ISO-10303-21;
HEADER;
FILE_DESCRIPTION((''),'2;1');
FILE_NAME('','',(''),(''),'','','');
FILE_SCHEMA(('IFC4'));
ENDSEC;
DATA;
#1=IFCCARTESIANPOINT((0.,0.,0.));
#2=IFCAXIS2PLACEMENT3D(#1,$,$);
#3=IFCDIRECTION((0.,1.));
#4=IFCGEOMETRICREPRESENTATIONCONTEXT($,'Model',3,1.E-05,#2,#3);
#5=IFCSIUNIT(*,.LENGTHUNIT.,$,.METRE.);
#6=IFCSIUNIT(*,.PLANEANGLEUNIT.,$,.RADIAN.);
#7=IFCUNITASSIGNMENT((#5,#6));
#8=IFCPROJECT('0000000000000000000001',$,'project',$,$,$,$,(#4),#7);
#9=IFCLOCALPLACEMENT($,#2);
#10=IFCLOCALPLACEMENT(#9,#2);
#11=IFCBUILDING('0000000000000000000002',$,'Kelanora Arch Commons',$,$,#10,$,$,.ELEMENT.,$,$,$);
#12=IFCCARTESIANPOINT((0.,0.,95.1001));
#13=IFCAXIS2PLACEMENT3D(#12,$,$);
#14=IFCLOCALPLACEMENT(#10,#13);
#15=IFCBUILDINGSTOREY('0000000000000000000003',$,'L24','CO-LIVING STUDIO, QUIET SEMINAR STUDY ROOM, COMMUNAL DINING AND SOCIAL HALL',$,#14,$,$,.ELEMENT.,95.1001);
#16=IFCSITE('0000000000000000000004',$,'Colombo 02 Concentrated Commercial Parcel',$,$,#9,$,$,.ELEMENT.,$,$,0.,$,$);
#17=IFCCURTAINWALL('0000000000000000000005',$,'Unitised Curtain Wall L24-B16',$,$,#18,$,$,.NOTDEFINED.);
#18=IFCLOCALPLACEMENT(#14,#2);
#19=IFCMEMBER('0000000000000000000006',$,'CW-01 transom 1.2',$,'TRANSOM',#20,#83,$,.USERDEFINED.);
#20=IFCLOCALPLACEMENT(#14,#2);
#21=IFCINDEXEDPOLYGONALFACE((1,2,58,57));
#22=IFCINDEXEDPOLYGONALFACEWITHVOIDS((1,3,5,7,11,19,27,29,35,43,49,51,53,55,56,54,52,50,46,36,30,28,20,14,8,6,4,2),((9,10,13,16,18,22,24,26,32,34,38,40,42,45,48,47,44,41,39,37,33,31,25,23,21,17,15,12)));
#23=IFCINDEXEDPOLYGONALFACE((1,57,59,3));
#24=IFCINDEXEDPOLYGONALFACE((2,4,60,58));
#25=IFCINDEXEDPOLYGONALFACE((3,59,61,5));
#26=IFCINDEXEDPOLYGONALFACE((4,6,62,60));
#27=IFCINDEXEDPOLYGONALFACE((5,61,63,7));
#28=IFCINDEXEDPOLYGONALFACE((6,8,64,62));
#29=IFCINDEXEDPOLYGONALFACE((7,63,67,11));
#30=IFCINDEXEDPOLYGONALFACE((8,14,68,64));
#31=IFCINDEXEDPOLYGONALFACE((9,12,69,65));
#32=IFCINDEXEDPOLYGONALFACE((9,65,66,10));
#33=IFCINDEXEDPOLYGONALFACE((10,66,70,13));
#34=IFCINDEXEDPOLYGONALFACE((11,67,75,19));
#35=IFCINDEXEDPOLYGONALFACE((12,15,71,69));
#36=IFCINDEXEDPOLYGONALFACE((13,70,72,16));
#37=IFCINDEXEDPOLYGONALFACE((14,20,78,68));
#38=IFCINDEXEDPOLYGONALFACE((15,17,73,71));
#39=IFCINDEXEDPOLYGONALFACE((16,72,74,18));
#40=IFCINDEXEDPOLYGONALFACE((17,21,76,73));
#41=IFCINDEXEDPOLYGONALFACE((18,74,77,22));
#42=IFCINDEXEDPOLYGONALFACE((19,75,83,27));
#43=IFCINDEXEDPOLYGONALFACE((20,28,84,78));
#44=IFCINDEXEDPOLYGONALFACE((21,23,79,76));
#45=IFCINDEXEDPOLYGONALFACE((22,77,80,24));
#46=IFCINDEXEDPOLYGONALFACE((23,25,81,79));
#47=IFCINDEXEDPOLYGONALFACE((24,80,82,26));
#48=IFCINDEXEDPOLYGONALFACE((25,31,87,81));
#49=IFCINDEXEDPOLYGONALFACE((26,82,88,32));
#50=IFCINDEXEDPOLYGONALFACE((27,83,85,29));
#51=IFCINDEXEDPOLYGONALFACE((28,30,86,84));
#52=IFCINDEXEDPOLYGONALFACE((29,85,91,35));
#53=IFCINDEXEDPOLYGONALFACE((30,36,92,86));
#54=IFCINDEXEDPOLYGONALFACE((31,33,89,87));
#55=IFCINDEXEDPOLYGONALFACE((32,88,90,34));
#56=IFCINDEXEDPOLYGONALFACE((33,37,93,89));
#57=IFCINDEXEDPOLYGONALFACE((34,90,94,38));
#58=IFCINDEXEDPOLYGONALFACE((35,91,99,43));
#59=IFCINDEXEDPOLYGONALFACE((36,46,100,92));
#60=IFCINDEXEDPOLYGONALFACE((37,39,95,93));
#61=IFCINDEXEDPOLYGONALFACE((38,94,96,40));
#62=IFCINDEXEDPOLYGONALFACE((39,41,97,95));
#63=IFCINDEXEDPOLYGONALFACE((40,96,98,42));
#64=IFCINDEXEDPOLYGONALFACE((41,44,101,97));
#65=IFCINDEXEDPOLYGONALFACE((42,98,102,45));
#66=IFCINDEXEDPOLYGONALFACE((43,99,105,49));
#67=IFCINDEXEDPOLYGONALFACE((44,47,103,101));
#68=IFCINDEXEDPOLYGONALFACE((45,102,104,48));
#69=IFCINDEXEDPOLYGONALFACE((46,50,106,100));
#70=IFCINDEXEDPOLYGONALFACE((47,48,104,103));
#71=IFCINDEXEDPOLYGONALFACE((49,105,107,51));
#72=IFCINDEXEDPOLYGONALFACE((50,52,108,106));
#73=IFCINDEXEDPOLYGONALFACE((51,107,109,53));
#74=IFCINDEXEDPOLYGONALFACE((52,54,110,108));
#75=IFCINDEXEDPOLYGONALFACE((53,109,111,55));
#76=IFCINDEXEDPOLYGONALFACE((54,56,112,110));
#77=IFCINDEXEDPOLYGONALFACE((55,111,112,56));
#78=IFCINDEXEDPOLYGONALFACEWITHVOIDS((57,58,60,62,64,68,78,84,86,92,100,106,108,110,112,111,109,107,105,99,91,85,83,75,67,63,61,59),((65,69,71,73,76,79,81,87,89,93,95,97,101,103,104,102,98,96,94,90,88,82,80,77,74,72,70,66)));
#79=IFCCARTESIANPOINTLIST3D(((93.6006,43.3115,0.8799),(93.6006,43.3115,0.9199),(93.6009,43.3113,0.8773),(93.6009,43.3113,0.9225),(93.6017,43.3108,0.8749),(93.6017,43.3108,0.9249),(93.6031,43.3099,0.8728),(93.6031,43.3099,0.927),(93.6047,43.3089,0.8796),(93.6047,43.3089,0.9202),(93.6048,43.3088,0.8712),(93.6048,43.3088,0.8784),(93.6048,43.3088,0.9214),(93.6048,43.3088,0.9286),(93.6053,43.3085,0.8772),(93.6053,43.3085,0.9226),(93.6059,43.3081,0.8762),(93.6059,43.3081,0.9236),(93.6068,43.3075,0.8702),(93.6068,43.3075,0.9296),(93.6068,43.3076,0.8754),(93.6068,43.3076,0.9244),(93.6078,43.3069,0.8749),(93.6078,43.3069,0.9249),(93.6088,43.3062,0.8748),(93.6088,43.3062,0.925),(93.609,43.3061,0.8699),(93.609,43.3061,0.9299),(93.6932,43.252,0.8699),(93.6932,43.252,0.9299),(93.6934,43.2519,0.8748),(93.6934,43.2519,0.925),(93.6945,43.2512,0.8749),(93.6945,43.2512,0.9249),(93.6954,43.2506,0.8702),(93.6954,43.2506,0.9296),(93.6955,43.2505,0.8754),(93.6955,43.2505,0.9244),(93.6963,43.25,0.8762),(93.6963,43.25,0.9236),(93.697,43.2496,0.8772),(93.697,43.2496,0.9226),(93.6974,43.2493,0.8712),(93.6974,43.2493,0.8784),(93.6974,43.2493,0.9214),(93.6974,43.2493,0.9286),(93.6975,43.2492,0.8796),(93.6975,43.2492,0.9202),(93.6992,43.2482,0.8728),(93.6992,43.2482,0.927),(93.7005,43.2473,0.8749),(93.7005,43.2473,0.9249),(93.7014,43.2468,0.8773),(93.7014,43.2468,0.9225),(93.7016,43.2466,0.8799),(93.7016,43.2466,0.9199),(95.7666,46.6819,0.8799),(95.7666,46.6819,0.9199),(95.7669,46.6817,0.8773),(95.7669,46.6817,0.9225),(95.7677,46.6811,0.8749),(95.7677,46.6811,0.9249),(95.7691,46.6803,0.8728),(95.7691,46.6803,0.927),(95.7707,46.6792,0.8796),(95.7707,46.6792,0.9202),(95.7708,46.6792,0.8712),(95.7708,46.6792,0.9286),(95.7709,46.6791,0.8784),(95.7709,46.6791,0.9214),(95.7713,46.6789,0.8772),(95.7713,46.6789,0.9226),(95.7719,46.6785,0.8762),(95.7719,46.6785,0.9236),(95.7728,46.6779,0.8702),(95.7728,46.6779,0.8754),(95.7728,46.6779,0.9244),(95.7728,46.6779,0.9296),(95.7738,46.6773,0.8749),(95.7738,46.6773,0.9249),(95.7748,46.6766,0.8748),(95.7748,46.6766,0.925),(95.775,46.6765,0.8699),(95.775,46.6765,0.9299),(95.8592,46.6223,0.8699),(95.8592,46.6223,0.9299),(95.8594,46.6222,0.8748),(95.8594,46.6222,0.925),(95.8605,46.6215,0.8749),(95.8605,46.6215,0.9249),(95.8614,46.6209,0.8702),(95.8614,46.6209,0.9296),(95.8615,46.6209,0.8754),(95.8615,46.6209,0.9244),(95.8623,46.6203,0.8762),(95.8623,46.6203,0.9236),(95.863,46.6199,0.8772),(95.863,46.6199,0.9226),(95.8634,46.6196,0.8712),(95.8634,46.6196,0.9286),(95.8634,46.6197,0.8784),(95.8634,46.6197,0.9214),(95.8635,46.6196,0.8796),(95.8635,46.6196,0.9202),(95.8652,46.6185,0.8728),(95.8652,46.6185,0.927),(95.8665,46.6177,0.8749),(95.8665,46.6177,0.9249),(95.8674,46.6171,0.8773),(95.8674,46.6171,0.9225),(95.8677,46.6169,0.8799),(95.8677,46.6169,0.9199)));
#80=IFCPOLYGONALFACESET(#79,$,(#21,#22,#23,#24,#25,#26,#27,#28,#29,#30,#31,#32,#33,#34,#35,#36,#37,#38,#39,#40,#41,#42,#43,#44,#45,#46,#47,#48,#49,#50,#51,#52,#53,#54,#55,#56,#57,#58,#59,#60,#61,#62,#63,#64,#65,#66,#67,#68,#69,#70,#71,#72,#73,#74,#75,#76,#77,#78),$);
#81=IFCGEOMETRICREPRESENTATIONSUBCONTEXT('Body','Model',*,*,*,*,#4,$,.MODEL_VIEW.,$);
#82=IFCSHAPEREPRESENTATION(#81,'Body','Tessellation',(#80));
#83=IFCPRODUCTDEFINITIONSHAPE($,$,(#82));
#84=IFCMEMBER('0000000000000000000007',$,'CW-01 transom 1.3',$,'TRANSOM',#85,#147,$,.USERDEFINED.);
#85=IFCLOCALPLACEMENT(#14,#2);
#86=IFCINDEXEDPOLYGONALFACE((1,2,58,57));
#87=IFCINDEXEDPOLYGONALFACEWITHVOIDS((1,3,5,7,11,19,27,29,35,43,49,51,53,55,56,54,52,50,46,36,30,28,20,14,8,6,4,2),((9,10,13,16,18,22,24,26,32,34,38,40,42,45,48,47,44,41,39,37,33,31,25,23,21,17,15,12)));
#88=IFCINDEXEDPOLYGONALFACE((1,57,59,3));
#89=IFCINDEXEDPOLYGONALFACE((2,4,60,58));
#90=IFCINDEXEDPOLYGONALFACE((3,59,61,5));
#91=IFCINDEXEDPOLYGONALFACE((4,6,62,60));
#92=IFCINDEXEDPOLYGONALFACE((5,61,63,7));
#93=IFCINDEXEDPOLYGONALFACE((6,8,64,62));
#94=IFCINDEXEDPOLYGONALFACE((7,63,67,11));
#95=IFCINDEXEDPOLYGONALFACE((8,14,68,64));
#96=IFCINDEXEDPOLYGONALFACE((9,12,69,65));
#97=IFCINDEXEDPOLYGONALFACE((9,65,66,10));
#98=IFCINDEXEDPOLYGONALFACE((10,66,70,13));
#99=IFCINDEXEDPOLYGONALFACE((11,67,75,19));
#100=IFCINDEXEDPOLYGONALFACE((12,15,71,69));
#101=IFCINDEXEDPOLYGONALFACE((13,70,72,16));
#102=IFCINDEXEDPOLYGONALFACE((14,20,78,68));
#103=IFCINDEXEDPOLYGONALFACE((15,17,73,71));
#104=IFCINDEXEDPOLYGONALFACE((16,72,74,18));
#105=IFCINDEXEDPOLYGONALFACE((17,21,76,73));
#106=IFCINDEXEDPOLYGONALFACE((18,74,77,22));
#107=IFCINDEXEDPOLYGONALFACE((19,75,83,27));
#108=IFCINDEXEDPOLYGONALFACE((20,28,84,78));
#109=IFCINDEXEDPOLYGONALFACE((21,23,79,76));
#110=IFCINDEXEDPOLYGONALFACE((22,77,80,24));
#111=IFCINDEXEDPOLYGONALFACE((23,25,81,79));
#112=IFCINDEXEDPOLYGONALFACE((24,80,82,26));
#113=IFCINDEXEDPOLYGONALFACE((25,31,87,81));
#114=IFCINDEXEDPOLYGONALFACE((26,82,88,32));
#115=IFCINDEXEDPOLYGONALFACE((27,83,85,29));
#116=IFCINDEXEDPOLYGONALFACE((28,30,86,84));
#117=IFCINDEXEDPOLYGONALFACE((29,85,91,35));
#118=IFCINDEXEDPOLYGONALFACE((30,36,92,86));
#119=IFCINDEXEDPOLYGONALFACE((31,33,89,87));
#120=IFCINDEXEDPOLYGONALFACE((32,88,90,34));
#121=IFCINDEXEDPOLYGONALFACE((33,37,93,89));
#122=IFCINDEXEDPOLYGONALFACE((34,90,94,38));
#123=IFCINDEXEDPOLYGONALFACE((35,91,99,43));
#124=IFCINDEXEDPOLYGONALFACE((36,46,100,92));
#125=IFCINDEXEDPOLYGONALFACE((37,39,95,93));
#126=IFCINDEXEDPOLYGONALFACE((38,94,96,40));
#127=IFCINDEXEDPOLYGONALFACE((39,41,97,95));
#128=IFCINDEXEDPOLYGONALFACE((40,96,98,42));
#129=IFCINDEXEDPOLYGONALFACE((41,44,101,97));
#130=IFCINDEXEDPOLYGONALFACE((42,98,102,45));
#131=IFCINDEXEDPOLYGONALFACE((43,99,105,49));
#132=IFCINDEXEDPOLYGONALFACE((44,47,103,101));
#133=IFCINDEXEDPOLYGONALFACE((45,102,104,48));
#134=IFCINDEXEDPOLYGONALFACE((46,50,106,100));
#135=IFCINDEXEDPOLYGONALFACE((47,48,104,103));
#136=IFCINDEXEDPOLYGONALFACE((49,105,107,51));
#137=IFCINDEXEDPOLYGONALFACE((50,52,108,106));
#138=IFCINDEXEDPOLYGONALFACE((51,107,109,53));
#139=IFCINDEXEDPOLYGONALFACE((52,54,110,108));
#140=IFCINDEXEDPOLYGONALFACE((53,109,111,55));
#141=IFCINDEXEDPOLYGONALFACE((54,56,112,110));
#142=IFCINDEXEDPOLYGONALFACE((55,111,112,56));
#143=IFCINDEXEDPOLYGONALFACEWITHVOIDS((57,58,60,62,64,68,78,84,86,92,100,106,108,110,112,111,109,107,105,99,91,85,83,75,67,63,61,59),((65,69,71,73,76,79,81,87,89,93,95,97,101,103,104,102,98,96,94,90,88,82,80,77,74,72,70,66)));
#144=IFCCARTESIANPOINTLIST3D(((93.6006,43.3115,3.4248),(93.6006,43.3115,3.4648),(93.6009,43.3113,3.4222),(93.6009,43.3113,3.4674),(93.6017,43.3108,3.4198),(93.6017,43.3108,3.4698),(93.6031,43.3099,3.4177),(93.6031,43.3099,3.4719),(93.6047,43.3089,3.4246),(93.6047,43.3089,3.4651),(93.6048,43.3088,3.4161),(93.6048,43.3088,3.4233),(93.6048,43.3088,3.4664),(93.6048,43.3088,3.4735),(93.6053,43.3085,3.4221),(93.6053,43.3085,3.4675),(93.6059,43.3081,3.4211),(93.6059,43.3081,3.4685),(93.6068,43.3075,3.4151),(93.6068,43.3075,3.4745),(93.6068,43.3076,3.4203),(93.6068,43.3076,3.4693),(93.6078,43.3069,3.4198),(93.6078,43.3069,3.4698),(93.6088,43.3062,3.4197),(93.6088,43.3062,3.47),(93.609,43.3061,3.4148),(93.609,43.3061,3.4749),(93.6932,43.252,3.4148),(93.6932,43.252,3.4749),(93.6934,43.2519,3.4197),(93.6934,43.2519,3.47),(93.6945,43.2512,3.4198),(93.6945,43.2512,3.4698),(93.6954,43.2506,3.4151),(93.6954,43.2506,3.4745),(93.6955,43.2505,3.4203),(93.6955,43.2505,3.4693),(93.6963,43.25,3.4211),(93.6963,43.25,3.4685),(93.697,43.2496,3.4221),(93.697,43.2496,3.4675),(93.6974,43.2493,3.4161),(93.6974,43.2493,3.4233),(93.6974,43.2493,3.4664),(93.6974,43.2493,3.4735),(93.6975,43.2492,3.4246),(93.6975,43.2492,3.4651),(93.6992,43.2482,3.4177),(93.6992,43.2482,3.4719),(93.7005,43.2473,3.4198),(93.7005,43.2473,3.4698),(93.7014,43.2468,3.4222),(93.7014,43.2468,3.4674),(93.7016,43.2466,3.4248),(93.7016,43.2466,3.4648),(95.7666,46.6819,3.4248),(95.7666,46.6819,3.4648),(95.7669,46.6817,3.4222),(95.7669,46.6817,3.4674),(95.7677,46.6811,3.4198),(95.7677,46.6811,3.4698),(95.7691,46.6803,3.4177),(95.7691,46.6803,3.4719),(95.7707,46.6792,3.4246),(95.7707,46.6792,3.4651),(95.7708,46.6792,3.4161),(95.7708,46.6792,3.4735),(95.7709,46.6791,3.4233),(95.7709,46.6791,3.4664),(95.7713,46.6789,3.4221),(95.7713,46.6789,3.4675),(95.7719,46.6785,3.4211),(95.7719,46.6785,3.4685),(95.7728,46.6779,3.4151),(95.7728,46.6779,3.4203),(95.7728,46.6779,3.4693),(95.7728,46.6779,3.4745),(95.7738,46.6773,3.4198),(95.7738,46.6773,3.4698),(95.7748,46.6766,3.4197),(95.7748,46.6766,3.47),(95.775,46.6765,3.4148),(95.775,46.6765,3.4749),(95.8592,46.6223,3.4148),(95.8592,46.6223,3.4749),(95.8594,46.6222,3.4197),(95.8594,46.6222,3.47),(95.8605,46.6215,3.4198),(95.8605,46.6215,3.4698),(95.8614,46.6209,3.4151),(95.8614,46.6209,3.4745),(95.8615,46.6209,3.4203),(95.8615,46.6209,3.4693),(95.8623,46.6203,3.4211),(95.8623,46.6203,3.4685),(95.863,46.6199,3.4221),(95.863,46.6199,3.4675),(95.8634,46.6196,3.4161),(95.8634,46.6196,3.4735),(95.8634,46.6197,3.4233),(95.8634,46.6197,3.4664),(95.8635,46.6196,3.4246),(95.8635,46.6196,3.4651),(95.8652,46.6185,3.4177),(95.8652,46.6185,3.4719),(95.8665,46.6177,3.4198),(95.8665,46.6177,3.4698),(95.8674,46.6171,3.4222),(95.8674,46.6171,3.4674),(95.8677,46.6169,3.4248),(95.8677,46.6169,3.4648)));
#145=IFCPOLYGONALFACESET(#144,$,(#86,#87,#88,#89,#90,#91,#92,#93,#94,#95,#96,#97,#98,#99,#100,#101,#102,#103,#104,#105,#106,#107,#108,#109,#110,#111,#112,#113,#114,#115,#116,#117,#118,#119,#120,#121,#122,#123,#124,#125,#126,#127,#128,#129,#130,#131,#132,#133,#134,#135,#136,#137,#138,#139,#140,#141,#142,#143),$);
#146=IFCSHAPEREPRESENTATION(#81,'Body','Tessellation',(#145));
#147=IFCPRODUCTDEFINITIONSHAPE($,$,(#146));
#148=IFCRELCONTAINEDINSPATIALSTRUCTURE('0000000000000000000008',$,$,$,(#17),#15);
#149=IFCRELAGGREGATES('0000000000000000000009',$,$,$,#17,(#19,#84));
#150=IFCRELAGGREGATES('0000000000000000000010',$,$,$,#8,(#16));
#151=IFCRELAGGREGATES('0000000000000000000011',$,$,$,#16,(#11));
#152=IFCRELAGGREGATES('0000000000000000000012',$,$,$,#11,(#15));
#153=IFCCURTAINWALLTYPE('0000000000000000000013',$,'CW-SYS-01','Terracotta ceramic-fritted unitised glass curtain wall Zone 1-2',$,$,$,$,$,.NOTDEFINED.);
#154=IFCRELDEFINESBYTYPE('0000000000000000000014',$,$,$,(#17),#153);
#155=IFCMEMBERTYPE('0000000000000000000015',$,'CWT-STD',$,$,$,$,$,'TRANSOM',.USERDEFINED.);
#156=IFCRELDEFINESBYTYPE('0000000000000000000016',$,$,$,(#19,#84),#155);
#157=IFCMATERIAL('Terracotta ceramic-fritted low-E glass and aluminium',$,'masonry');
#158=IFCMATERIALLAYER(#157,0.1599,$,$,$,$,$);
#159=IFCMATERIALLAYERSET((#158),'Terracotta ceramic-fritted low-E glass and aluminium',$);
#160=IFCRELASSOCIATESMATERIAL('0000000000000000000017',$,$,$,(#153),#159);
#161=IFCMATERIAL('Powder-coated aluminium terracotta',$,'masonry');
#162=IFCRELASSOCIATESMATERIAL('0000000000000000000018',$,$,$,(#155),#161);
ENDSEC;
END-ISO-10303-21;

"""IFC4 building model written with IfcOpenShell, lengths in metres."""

from ifc_helpers import new_model, si_unit, direction, frame, origin, origin_2d, place, context, subcontext, project, spatial, hollow_rectangle, extrude, material, layer, layer_set, material_profile, profile_set, type_object, element, aggregate, save


model = new_model("IFC4")

# Units and contexts
model_context = context("Model", 3, precision=1e-05, world=origin(), true_north=direction((0.0, 1.0)))
body_context = subcontext(model_context, "Body", "Model", "MODEL_VIEW")
ifc_project = project(units=[si_unit("LENGTHUNIT", "METRE"), si_unit("PLANEANGLEUNIT", "RADIAN")], contexts=[model_context])

# Site, building, storey
site_placement = place(None, origin())
site = spatial("IfcSite", under=ifc_project, at=site_placement, Name="Colombo 02 Concentrated Commercial Parcel", CompositionType="ELEMENT", RefElevation=0.0)
building_placement = place(site_placement, origin())
building = spatial("IfcBuilding", under=site, at=building_placement, Name="Kelanora Arch Commons", CompositionType="ELEMENT")
storey_placement = place(building_placement, frame((0.0, 0.0, 95.1001)))
storey = spatial("IfcBuildingStorey", under=building, at=storey_placement, Name="L24", Description="CO-LIVING STUDIO, QUIET SEMINAR STUDY ROOM, COMMUNAL DINING AND SOCIAL HALL", CompositionType="ELEMENT", Elevation=95.1001)

# Shared definitions
ifc_material_1 = material(Name="Terracotta ceramic-fritted low-E glass and aluminium", Category="masonry")
ifc_layer_1 = layer(ifc_material_1, 0.1599)
ifc_layer_set_1 = layer_set([ifc_layer_1], Name="Terracotta ceramic-fritted low-E glass and aluminium")
curtain_wall_type = type_object("IfcCurtainWallType", Name="CW-SYS-01", Description="Terracotta ceramic-fritted unitised glass curtain wall Zone 1-2", PredefinedType="NOTDEFINED", material=ifc_layer_set_1)
ifc_material_2 = material(Name="Powder-coated aluminium terracotta", Category="masonry")

# Curtain wall, members
curtain_wall_1_placement = place(storey_placement, origin())
curtain_wall_1 = element("IfcCurtainWall", 1, at=curtain_wall_1_placement, inside=storey, type_object=curtain_wall_type, Name="Unitised Curtain Wall L24-B16", PredefinedType="NOTDEFINED")
ifc_material_profile_1 = material_profile(ifc_material_2, hollow_rectangle(XDim=0.1201, YDim=0.0601, WallThickness=0.0049, InnerFilletRadius=0.0049, OuterFilletRadius=0.01, at=origin_2d()), Name="CWT120x60")
ifc_profile_set_1 = profile_set([ifc_material_profile_1], Name="Powder-coated aluminium terracotta")
member_type_1 = type_object("IfcMemberType", Name="CWT-STD", ElementType="TRANSOM", PredefinedType="USERDEFINED", material=ifc_profile_set_1)
member_1_placement = place(storey_placement, frame((93.6511, 43.2791, 0.8999), z_axis=(0.540644, 0.841252, 0.0), x_axis=(-0.841252, 0.540644, 0.0)))
member_1 = element("IfcMember", 2, at=member_1_placement, type_object=member_type_1, Name="CW-01 transom 1.2", ObjectType="TRANSOM", PredefinedType="USERDEFINED", context=body_context, shape_type="SweptSolid", body=[
    extrude(hollow_rectangle(XDim=0.1201, YDim=0.0601, WallThickness=0.0049, InnerFilletRadius=0.0049, OuterFilletRadius=0.01, at=origin_2d()), origin(), (0.0, 0.0, 1.0), 4.0063),
])
member_2_placement = place(storey_placement, frame((93.6511, 43.2791, 3.4448), z_axis=(0.540644, 0.841252, 0.0), x_axis=(-0.841252, 0.540644, 0.0)))
member_2 = element("IfcMember", 3, at=member_2_placement, type_object=member_type_1, Name="CW-01 transom 1.3", ObjectType="TRANSOM", PredefinedType="USERDEFINED", context=body_context, shape_type="SweptSolid", body=[
    extrude(hollow_rectangle(XDim=0.1201, YDim=0.0601, WallThickness=0.0049, InnerFilletRadius=0.0049, OuterFilletRadius=0.01, at=origin_2d()), origin(), (0.0, 0.0, 1.0), 4.0063),
])
aggregate(curtain_wall_1, [member_1, member_2])

save(model, "model.ifc")
